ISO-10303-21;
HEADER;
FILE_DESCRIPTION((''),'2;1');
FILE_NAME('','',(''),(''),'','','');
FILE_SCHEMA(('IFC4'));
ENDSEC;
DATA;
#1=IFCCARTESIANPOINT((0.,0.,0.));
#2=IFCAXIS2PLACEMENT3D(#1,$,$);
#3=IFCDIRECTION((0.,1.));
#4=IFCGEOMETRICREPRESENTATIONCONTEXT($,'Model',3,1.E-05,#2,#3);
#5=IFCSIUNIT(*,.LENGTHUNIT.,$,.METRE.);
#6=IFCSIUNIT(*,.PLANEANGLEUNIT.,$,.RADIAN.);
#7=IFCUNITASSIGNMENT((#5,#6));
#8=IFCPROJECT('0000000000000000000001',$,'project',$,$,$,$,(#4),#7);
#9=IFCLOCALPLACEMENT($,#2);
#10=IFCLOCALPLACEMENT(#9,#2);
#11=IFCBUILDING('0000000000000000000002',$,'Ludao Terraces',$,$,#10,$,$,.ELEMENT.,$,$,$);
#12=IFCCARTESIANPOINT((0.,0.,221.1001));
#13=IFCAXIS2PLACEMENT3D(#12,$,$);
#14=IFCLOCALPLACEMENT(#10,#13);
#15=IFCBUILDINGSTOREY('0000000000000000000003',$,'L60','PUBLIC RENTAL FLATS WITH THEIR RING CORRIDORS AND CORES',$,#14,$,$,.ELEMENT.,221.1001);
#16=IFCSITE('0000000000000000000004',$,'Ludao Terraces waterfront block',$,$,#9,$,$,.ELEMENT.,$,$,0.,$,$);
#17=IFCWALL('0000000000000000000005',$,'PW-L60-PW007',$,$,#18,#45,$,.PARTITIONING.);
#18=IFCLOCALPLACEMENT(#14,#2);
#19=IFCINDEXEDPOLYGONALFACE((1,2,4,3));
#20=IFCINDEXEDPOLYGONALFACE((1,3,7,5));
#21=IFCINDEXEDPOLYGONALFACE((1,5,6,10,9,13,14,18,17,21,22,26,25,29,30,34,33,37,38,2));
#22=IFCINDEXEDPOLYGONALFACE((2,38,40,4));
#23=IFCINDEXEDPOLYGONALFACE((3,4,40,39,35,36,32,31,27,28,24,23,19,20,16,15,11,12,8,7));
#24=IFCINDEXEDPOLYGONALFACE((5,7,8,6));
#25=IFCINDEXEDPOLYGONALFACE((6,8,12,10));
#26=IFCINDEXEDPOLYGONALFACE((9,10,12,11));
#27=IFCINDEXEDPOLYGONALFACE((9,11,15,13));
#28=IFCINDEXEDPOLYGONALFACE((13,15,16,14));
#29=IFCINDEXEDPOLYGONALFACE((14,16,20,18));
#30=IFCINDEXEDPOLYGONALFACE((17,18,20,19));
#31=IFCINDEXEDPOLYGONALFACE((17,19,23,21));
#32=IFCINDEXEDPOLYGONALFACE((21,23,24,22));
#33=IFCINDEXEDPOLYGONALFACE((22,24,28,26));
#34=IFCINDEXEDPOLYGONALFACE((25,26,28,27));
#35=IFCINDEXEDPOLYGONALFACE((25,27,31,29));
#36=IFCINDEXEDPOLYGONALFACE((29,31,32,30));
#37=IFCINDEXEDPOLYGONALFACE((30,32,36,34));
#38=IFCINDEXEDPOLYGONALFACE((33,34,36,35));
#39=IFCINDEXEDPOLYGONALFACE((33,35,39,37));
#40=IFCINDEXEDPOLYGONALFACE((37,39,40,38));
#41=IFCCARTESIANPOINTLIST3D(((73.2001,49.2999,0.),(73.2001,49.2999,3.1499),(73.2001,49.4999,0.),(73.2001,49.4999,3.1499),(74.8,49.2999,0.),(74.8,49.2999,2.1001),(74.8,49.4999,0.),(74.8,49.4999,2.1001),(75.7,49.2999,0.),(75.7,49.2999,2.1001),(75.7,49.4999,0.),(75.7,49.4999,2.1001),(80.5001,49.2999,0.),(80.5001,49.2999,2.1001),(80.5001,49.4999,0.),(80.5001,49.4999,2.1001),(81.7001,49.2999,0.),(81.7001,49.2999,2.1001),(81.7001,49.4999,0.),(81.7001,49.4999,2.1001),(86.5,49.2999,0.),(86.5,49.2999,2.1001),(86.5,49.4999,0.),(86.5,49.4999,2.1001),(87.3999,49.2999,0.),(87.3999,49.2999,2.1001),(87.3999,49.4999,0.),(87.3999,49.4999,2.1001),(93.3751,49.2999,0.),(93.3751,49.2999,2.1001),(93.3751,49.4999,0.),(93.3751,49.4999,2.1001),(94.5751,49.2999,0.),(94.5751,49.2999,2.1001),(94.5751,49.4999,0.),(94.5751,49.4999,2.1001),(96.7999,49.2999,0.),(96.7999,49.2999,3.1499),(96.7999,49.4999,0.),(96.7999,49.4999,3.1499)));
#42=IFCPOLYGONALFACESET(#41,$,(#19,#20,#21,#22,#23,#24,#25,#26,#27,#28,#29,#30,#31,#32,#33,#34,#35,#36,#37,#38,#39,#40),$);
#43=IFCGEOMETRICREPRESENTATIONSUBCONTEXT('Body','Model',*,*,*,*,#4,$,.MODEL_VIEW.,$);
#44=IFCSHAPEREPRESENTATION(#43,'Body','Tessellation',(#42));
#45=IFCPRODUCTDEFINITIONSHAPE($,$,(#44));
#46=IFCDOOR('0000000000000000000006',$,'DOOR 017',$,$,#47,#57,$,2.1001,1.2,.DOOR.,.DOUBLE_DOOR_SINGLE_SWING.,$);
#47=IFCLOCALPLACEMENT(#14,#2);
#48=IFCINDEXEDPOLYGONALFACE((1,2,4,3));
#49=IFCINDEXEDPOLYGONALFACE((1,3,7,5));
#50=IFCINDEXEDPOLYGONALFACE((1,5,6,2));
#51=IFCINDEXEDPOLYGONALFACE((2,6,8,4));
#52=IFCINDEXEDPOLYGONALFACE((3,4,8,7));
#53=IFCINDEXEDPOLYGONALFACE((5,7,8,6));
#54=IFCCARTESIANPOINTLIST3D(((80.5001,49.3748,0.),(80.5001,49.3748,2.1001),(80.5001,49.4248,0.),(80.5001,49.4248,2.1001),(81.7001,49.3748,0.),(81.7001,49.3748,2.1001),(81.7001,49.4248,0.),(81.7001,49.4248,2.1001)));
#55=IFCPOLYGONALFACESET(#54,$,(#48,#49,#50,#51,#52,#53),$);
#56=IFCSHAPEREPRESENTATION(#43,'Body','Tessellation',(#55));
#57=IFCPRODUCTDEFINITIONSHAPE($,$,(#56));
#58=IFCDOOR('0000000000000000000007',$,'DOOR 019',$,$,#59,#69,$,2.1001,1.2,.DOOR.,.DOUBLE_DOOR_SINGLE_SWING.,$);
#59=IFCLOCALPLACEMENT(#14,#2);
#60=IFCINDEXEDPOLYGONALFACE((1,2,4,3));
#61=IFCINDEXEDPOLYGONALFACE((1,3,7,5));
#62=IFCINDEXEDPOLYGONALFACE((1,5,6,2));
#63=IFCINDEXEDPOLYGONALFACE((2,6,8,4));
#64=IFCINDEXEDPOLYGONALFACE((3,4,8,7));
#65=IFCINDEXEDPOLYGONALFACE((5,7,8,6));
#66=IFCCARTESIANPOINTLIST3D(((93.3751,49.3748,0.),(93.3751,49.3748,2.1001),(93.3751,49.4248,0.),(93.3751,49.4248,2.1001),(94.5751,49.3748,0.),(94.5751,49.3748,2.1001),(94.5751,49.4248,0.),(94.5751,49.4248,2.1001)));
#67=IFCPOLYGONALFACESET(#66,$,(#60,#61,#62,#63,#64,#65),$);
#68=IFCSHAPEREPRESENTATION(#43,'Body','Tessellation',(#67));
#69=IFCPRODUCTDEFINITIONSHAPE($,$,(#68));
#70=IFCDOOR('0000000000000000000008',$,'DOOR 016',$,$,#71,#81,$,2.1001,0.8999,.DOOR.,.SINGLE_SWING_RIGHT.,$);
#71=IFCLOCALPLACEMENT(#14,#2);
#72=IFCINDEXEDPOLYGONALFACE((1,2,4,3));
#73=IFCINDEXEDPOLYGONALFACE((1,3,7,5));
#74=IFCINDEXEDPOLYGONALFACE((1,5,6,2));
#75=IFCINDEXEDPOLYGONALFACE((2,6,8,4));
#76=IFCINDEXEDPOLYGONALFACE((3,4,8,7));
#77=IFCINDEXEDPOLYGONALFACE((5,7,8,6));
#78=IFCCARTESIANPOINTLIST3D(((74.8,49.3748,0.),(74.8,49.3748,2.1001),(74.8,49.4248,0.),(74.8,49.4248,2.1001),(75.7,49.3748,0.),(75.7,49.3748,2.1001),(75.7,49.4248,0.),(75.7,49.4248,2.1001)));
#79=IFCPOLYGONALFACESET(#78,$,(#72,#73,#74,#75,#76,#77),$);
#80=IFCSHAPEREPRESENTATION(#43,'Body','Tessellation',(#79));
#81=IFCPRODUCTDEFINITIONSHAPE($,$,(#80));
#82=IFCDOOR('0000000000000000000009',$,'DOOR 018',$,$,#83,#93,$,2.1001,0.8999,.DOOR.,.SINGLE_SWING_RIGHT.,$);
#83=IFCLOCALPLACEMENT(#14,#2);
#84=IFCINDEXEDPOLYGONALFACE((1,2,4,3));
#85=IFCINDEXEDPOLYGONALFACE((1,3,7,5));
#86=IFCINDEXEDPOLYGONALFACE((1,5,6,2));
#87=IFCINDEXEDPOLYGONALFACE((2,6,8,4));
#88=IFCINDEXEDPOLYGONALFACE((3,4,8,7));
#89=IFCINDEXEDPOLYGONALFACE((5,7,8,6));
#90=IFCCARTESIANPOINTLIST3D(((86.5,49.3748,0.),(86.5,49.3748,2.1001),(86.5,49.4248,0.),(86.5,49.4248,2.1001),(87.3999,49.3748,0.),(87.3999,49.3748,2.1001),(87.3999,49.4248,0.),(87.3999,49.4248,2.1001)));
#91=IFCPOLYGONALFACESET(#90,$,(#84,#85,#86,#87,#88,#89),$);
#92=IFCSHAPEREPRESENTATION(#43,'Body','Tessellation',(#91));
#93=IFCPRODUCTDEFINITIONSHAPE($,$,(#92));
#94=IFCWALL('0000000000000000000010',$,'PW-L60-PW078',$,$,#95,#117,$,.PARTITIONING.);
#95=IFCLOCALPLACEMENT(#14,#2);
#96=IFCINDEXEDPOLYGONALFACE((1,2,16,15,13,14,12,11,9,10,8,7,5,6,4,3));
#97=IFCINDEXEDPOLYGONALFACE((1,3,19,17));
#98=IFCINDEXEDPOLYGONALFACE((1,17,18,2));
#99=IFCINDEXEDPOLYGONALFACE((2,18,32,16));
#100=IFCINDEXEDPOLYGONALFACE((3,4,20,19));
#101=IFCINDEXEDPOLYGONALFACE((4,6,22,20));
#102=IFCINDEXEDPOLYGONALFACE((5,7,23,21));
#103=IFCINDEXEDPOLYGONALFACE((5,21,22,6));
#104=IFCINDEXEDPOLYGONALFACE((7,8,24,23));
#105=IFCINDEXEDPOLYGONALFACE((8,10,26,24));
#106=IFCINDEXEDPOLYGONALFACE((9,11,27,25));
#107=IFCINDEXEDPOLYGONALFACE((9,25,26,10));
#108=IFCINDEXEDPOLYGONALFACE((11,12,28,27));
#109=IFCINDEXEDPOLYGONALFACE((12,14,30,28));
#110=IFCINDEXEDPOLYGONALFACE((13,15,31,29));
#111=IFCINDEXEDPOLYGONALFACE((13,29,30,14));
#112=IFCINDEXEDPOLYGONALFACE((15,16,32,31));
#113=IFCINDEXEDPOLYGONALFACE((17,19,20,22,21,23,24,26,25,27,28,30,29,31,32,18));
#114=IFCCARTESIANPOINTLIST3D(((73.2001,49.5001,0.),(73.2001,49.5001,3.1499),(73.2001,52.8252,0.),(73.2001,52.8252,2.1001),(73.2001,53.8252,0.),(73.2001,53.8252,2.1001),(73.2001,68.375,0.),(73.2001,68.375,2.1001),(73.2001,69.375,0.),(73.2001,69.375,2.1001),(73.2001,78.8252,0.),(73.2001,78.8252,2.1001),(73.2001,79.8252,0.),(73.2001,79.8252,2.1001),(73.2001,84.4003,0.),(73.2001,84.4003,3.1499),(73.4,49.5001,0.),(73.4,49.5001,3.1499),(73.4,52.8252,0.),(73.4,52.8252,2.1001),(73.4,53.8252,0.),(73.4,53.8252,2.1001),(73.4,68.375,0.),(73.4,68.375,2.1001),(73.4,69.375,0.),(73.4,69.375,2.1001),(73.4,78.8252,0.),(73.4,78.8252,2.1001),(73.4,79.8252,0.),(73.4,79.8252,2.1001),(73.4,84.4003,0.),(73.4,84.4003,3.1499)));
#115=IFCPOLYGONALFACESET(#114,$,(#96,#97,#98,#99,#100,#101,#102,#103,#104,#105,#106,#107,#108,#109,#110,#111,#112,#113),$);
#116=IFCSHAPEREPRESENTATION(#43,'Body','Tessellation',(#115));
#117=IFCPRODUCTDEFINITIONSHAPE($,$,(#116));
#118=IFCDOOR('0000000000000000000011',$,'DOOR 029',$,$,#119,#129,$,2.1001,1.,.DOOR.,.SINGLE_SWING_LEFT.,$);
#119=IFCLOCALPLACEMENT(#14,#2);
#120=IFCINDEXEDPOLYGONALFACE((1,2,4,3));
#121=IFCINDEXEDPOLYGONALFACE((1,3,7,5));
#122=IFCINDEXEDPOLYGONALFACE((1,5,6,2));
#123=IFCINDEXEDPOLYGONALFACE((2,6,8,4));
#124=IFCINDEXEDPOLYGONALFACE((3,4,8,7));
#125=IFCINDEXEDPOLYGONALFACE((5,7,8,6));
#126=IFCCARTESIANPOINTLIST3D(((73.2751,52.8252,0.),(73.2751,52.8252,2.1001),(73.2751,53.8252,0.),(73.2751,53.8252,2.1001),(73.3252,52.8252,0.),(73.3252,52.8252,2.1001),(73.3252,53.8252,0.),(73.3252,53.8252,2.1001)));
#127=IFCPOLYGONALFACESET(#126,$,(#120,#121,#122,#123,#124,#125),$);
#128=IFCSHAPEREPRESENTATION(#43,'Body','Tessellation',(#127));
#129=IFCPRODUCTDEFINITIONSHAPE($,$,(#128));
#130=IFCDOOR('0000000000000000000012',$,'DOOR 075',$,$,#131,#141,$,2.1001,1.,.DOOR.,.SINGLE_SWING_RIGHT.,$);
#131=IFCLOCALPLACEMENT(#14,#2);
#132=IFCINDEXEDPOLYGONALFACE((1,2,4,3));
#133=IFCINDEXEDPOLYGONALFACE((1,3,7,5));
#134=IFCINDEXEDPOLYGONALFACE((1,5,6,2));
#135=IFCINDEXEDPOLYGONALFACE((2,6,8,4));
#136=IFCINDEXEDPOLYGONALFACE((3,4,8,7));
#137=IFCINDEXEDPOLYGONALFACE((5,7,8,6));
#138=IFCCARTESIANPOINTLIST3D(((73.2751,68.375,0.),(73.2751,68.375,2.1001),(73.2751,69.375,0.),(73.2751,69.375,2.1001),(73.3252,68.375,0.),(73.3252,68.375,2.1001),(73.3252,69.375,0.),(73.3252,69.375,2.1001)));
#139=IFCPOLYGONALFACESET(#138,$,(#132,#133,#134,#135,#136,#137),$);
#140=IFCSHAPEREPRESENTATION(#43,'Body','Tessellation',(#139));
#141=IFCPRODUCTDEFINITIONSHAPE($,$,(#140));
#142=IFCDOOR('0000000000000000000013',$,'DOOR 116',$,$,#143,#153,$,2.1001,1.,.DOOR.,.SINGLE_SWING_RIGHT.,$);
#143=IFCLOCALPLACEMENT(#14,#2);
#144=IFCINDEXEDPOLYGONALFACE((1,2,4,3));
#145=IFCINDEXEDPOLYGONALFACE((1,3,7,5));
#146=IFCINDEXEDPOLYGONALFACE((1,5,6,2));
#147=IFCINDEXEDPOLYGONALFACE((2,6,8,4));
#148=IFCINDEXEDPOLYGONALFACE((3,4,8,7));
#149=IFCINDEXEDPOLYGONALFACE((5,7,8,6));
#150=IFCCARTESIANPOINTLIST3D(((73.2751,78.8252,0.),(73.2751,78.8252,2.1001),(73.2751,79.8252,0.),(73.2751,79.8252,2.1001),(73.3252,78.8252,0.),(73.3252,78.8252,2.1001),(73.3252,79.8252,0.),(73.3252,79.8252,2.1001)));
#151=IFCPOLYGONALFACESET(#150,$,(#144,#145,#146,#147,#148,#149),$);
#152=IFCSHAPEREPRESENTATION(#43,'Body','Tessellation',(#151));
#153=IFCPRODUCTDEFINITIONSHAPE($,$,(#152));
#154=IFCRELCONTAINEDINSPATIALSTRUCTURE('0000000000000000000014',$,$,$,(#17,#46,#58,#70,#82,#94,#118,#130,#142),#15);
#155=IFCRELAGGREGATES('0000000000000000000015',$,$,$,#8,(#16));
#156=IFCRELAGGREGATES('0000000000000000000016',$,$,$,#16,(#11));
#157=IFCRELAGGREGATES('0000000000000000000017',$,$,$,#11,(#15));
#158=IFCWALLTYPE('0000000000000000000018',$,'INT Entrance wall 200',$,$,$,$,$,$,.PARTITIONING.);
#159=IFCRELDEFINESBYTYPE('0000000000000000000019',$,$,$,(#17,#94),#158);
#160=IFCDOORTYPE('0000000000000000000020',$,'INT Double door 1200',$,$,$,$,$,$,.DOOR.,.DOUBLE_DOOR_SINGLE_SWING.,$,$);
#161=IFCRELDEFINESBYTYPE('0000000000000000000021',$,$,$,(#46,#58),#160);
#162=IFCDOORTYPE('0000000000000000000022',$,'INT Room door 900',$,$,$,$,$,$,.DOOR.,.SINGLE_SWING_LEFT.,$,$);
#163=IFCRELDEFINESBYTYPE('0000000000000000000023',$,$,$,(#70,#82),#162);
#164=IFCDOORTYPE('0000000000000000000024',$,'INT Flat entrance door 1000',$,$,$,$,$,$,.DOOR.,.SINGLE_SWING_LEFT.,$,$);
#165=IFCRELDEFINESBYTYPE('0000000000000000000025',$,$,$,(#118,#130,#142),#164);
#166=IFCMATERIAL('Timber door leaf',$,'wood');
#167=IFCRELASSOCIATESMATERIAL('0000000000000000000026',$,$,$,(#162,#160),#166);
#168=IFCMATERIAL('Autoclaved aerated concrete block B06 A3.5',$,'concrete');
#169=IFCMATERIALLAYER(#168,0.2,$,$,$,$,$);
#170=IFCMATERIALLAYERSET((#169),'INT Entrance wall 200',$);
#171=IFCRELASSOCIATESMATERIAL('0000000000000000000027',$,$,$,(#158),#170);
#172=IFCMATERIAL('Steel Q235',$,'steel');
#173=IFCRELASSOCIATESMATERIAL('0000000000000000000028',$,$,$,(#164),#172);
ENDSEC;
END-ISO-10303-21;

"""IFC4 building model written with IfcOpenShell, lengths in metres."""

from ifc_helpers import new_model, si_unit, direction, frame, frame_2d, origin, place, context, subcontext, project, spatial, rectangle, extrude, material, layer, layer_set, type_object, element, fill, save


model = new_model("IFC4")

# Units and contexts
model_context = context("Model", 3, precision=1e-05, world=origin(), true_north=direction((0.0, 1.0)))
body_context = subcontext(model_context, "Body", "Model", "MODEL_VIEW")
ifc_project = project(units=[si_unit("LENGTHUNIT", "METRE"), si_unit("PLANEANGLEUNIT", "RADIAN")], contexts=[model_context])

# Site, building, storey
site_placement = place(None, origin())
site = spatial("IfcSite", under=ifc_project, at=site_placement, Name="Ludao Terraces waterfront block", CompositionType="ELEMENT", RefElevation=0.0)
building_placement = place(site_placement, origin())
building = spatial("IfcBuilding", under=site, at=building_placement, Name="Ludao Terraces", CompositionType="ELEMENT")
storey_placement = place(building_placement, frame((0.0, 0.0, 221.1001)))
storey = spatial("IfcBuildingStorey", under=building, at=storey_placement, Name="L60", Description="PUBLIC RENTAL FLATS WITH THEIR RING CORRIDORS AND CORES", CompositionType="ELEMENT", Elevation=221.1001)

# Walls, openings, doors
ifc_material_1 = material(Name="Steel Q235", Category="steel")
ifc_material_2 = material(Name="Timber door leaf", Category="wood")
door_type_1 = type_object("IfcDoorType", Name="INT Room door 900", OperationType="SINGLE_SWING_LEFT", PredefinedType="DOOR", material=ifc_material_2)
ifc_material_3 = material(Name="Autoclaved aerated concrete block B06 A3.5", Category="concrete")
ifc_layer_1 = layer(ifc_material_3, 0.2)
ifc_layer_set_1 = layer_set([ifc_layer_1], Name="INT Entrance wall 200")
wall_type_1 = type_object("IfcWallType", Name="INT Entrance wall 200", PredefinedType="PARTITIONING", material=ifc_layer_set_1)
wall_1_placement = place(storey_placement, frame((73.2002, 49.3999, 0.0), z_axis=(0.0, 0.0, 1.0), x_axis=(1.0, 0.0, 0.0)))
wall_1 = element("IfcWall", 1, at=wall_1_placement, inside=storey, type_object=wall_type_1, Name="PW-L60-PW007", PredefinedType="PARTITIONING", context=body_context, shape_type="SweptSolid", body=[
    extrude(rectangle(XDim=23.5999, YDim=0.2, at=frame_2d((11.7998, 0.0))), origin(), (0.0, 0.0, 1.0), 3.1499),
])
opening_1_placement = place(wall_1_placement, frame((1.5999, 0.0, 0.0)))
opening_1 = element("IfcOpeningElement", 2, at=opening_1_placement, cuts=wall_1, PredefinedType="OPENING", context=body_context, shape_type="SweptSolid", body=[
    extrude(rectangle(XDim=0.8999, YDim=2.1001, at=frame_2d((0.45, 1.05))), frame((0.0, 0.1099, 0.0), z_axis=(0.0, -1.0, 0.0), x_axis=(1.0, 0.0, 0.0)), (0.0, 0.0, 1.0), 0.22),
])
opening_2_placement = place(wall_1_placement, frame((7.2998, 0.0, 0.0)))
opening_2 = element("IfcOpeningElement", 3, at=opening_2_placement, cuts=wall_1, PredefinedType="OPENING", context=body_context, shape_type="SweptSolid", body=[
    extrude(rectangle(XDim=1.2, YDim=2.1001, at=frame_2d((0.6001, 1.05))), frame((0.0, 0.1099, 0.0), z_axis=(0.0, -1.0, 0.0), x_axis=(1.0, 0.0, 0.0)), (0.0, 0.0, 1.0), 0.22),
])
opening_3_placement = place(wall_1_placement, frame((13.2998, 0.0, 0.0)))
opening_3 = element("IfcOpeningElement", 4, at=opening_3_placement, cuts=wall_1, PredefinedType="OPENING", context=body_context, shape_type="SweptSolid", body=[
    extrude(rectangle(XDim=0.8999, YDim=2.1001, at=frame_2d((0.45, 1.05))), frame((0.0, 0.1099, 0.0), z_axis=(0.0, -1.0, 0.0), x_axis=(1.0, 0.0, 0.0)), (0.0, 0.0, 1.0), 0.22),
])
opening_4_placement = place(wall_1_placement, frame((20.1748, 0.0, 0.0)))
opening_4 = element("IfcOpeningElement", 5, at=opening_4_placement, cuts=wall_1, PredefinedType="OPENING", context=body_context, shape_type="SweptSolid", body=[
    extrude(rectangle(XDim=1.2, YDim=2.1001, at=frame_2d((0.6001, 1.05))), frame((0.0, 0.1099, 0.0), z_axis=(0.0, -1.0, 0.0), x_axis=(1.0, 0.0, 0.0)), (0.0, 0.0, 1.0), 0.22),
])
door_type_2 = type_object("IfcDoorType", Name="INT Double door 1200", OperationType="DOUBLE_DOOR_SINGLE_SWING", PredefinedType="DOOR", material=ifc_material_2)
door_1_placement = place(opening_2_placement, origin())
door_1 = element("IfcDoor", 6, at=door_1_placement, inside=storey, type_object=door_type_2, Name="DOOR 017", OperationType="DOUBLE_DOOR_SINGLE_SWING", OverallHeight=2.1001, OverallWidth=1.2, PredefinedType="DOOR", context=body_context, shape_type="SweptSolid", body=[
    extrude(rectangle(XDim=1.2, YDim=2.1001, at=frame_2d((0.6001, 1.05))), frame((0.0, 0.0249, 0.0), z_axis=(0.0, -1.0, 0.0), x_axis=(1.0, 0.0, 0.0)), (0.0, 0.0, 1.0), 0.05),
])
fill(opening_2, door_1)
door_2_placement = place(opening_4_placement, origin())
door_2 = element("IfcDoor", 7, at=door_2_placement, inside=storey, type_object=door_type_2, Name="DOOR 019", OperationType="DOUBLE_DOOR_SINGLE_SWING", OverallHeight=2.1001, OverallWidth=1.2, PredefinedType="DOOR", context=body_context, shape_type="SweptSolid", body=[
    extrude(rectangle(XDim=1.2, YDim=2.1001, at=frame_2d((0.6001, 1.05))), frame((0.0, 0.0249, 0.0), z_axis=(0.0, -1.0, 0.0), x_axis=(1.0, 0.0, 0.0)), (0.0, 0.0, 1.0), 0.05),
])
fill(opening_4, door_2)
door_3_placement = place(opening_1_placement, origin())
door_3 = element("IfcDoor", 8, at=door_3_placement, inside=storey, type_object=door_type_1, Name="DOOR 016", OperationType="SINGLE_SWING_RIGHT", OverallHeight=2.1001, OverallWidth=0.8999, PredefinedType="DOOR", context=body_context, shape_type="SweptSolid", body=[
    extrude(rectangle(XDim=0.8999, YDim=2.1001, at=frame_2d((0.45, 1.05))), frame((0.0, 0.0249, 0.0), z_axis=(0.0, -1.0, 0.0), x_axis=(1.0, 0.0, 0.0)), (0.0, 0.0, 1.0), 0.05),
])
fill(opening_1, door_3)
door_4_placement = place(opening_3_placement, origin())
door_4 = element("IfcDoor", 9, at=door_4_placement, inside=storey, type_object=door_type_1, Name="DOOR 018", OperationType="SINGLE_SWING_RIGHT", OverallHeight=2.1001, OverallWidth=0.8999, PredefinedType="DOOR", context=body_context, shape_type="SweptSolid", body=[
    extrude(rectangle(XDim=0.8999, YDim=2.1001, at=frame_2d((0.45, 1.05))), frame((0.0, 0.0249, 0.0), z_axis=(0.0, -1.0, 0.0), x_axis=(1.0, 0.0, 0.0)), (0.0, 0.0, 1.0), 0.05),
])
fill(opening_3, door_4)
wall_2_placement = place(storey_placement, frame((73.3, 49.5, 0.0), z_axis=(0.0, 0.0, 1.0), x_axis=(0.0, 1.0, 0.0)))
wall_2 = element("IfcWall", 10, at=wall_2_placement, inside=storey, type_object=wall_type_1, Name="PW-L60-PW078", PredefinedType="PARTITIONING", context=body_context, shape_type="SweptSolid", body=[
    extrude(rectangle(XDim=34.9001, YDim=0.2, at=frame_2d((17.4502, 0.0))), origin(), (0.0, 0.0, 1.0), 3.1499),
])
opening_5_placement = place(wall_2_placement, frame((3.3252, 0.0, 0.0)))
opening_5 = element("IfcOpeningElement", 11, at=opening_5_placement, cuts=wall_2, PredefinedType="OPENING", context=body_context, shape_type="SweptSolid", body=[
    extrude(rectangle(XDim=1.0, YDim=2.1001, at=frame_2d((0.5, 1.05))), frame((0.0, 0.1099, 0.0), z_axis=(0.0, -1.0, 0.0), x_axis=(1.0, 0.0, 0.0)), (0.0, 0.0, 1.0), 0.22),
])
opening_6_placement = place(wall_2_placement, frame((18.875, 0.0, 0.0)))
opening_6 = element("IfcOpeningElement", 12, at=opening_6_placement, cuts=wall_2, PredefinedType="OPENING", context=body_context, shape_type="SweptSolid", body=[
    extrude(rectangle(XDim=1.0, YDim=2.1001, at=frame_2d((0.5, 1.05))), frame((0.0, 0.1099, 0.0), z_axis=(0.0, -1.0, 0.0), x_axis=(1.0, 0.0, 0.0)), (0.0, 0.0, 1.0), 0.22),
])
opening_7_placement = place(wall_2_placement, frame((29.3252, 0.0, 0.0)))
opening_7 = element("IfcOpeningElement", 13, at=opening_7_placement, cuts=wall_2, PredefinedType="OPENING", context=body_context, shape_type="SweptSolid", body=[
    extrude(rectangle(XDim=1.0, YDim=2.1001, at=frame_2d((0.5, 1.05))), frame((0.0, 0.1099, 0.0), z_axis=(0.0, -1.0, 0.0), x_axis=(1.0, 0.0, 0.0)), (0.0, 0.0, 1.0), 0.22),
])
door_type_3 = type_object("IfcDoorType", Name="INT Flat entrance door 1000", OperationType="SINGLE_SWING_LEFT", PredefinedType="DOOR", material=ifc_material_1)
door_5_placement = place(opening_5_placement, origin())
door_5 = element("IfcDoor", 14, at=door_5_placement, inside=storey, type_object=door_type_3, Name="DOOR 029", OperationType="SINGLE_SWING_LEFT", OverallHeight=2.1001, OverallWidth=1.0, PredefinedType="DOOR", context=body_context, shape_type="SweptSolid", body=[
    extrude(rectangle(XDim=1.0, YDim=2.1001, at=frame_2d((0.5, 1.05))), frame((0.0, 0.0249, 0.0), z_axis=(0.0, -1.0, 0.0), x_axis=(1.0, 0.0, 0.0)), (0.0, 0.0, 1.0), 0.05),
])
fill(opening_5, door_5)
door_6_placement = place(opening_6_placement, origin())
door_6 = element("IfcDoor", 15, at=door_6_placement, inside=storey, type_object=door_type_3, Name="DOOR 075", OperationType="SINGLE_SWING_RIGHT", OverallHeight=2.1001, OverallWidth=1.0, PredefinedType="DOOR", context=body_context, shape_type="SweptSolid", body=[
    extrude(rectangle(XDim=1.0, YDim=2.1001, at=frame_2d((0.5, 1.05))), frame((0.0, 0.0249, 0.0), z_axis=(0.0, -1.0, 0.0), x_axis=(1.0, 0.0, 0.0)), (0.0, 0.0, 1.0), 0.05),
])
fill(opening_6, door_6)
door_7_placement = place(opening_7_placement, origin())
door_7 = element("IfcDoor", 16, at=door_7_placement, inside=storey, type_object=door_type_3, Name="DOOR 116", OperationType="SINGLE_SWING_RIGHT", OverallHeight=2.1001, OverallWidth=1.0, PredefinedType="DOOR", context=body_context, shape_type="SweptSolid", body=[
    extrude(rectangle(XDim=1.0, YDim=2.1001, at=frame_2d((0.5, 1.05))), frame((0.0, 0.0249, 0.0), z_axis=(0.0, -1.0, 0.0), x_axis=(1.0, 0.0, 0.0)), (0.0, 0.0, 1.0), 0.05),
])
fill(opening_7, door_7)

save(model, "model.ifc")
